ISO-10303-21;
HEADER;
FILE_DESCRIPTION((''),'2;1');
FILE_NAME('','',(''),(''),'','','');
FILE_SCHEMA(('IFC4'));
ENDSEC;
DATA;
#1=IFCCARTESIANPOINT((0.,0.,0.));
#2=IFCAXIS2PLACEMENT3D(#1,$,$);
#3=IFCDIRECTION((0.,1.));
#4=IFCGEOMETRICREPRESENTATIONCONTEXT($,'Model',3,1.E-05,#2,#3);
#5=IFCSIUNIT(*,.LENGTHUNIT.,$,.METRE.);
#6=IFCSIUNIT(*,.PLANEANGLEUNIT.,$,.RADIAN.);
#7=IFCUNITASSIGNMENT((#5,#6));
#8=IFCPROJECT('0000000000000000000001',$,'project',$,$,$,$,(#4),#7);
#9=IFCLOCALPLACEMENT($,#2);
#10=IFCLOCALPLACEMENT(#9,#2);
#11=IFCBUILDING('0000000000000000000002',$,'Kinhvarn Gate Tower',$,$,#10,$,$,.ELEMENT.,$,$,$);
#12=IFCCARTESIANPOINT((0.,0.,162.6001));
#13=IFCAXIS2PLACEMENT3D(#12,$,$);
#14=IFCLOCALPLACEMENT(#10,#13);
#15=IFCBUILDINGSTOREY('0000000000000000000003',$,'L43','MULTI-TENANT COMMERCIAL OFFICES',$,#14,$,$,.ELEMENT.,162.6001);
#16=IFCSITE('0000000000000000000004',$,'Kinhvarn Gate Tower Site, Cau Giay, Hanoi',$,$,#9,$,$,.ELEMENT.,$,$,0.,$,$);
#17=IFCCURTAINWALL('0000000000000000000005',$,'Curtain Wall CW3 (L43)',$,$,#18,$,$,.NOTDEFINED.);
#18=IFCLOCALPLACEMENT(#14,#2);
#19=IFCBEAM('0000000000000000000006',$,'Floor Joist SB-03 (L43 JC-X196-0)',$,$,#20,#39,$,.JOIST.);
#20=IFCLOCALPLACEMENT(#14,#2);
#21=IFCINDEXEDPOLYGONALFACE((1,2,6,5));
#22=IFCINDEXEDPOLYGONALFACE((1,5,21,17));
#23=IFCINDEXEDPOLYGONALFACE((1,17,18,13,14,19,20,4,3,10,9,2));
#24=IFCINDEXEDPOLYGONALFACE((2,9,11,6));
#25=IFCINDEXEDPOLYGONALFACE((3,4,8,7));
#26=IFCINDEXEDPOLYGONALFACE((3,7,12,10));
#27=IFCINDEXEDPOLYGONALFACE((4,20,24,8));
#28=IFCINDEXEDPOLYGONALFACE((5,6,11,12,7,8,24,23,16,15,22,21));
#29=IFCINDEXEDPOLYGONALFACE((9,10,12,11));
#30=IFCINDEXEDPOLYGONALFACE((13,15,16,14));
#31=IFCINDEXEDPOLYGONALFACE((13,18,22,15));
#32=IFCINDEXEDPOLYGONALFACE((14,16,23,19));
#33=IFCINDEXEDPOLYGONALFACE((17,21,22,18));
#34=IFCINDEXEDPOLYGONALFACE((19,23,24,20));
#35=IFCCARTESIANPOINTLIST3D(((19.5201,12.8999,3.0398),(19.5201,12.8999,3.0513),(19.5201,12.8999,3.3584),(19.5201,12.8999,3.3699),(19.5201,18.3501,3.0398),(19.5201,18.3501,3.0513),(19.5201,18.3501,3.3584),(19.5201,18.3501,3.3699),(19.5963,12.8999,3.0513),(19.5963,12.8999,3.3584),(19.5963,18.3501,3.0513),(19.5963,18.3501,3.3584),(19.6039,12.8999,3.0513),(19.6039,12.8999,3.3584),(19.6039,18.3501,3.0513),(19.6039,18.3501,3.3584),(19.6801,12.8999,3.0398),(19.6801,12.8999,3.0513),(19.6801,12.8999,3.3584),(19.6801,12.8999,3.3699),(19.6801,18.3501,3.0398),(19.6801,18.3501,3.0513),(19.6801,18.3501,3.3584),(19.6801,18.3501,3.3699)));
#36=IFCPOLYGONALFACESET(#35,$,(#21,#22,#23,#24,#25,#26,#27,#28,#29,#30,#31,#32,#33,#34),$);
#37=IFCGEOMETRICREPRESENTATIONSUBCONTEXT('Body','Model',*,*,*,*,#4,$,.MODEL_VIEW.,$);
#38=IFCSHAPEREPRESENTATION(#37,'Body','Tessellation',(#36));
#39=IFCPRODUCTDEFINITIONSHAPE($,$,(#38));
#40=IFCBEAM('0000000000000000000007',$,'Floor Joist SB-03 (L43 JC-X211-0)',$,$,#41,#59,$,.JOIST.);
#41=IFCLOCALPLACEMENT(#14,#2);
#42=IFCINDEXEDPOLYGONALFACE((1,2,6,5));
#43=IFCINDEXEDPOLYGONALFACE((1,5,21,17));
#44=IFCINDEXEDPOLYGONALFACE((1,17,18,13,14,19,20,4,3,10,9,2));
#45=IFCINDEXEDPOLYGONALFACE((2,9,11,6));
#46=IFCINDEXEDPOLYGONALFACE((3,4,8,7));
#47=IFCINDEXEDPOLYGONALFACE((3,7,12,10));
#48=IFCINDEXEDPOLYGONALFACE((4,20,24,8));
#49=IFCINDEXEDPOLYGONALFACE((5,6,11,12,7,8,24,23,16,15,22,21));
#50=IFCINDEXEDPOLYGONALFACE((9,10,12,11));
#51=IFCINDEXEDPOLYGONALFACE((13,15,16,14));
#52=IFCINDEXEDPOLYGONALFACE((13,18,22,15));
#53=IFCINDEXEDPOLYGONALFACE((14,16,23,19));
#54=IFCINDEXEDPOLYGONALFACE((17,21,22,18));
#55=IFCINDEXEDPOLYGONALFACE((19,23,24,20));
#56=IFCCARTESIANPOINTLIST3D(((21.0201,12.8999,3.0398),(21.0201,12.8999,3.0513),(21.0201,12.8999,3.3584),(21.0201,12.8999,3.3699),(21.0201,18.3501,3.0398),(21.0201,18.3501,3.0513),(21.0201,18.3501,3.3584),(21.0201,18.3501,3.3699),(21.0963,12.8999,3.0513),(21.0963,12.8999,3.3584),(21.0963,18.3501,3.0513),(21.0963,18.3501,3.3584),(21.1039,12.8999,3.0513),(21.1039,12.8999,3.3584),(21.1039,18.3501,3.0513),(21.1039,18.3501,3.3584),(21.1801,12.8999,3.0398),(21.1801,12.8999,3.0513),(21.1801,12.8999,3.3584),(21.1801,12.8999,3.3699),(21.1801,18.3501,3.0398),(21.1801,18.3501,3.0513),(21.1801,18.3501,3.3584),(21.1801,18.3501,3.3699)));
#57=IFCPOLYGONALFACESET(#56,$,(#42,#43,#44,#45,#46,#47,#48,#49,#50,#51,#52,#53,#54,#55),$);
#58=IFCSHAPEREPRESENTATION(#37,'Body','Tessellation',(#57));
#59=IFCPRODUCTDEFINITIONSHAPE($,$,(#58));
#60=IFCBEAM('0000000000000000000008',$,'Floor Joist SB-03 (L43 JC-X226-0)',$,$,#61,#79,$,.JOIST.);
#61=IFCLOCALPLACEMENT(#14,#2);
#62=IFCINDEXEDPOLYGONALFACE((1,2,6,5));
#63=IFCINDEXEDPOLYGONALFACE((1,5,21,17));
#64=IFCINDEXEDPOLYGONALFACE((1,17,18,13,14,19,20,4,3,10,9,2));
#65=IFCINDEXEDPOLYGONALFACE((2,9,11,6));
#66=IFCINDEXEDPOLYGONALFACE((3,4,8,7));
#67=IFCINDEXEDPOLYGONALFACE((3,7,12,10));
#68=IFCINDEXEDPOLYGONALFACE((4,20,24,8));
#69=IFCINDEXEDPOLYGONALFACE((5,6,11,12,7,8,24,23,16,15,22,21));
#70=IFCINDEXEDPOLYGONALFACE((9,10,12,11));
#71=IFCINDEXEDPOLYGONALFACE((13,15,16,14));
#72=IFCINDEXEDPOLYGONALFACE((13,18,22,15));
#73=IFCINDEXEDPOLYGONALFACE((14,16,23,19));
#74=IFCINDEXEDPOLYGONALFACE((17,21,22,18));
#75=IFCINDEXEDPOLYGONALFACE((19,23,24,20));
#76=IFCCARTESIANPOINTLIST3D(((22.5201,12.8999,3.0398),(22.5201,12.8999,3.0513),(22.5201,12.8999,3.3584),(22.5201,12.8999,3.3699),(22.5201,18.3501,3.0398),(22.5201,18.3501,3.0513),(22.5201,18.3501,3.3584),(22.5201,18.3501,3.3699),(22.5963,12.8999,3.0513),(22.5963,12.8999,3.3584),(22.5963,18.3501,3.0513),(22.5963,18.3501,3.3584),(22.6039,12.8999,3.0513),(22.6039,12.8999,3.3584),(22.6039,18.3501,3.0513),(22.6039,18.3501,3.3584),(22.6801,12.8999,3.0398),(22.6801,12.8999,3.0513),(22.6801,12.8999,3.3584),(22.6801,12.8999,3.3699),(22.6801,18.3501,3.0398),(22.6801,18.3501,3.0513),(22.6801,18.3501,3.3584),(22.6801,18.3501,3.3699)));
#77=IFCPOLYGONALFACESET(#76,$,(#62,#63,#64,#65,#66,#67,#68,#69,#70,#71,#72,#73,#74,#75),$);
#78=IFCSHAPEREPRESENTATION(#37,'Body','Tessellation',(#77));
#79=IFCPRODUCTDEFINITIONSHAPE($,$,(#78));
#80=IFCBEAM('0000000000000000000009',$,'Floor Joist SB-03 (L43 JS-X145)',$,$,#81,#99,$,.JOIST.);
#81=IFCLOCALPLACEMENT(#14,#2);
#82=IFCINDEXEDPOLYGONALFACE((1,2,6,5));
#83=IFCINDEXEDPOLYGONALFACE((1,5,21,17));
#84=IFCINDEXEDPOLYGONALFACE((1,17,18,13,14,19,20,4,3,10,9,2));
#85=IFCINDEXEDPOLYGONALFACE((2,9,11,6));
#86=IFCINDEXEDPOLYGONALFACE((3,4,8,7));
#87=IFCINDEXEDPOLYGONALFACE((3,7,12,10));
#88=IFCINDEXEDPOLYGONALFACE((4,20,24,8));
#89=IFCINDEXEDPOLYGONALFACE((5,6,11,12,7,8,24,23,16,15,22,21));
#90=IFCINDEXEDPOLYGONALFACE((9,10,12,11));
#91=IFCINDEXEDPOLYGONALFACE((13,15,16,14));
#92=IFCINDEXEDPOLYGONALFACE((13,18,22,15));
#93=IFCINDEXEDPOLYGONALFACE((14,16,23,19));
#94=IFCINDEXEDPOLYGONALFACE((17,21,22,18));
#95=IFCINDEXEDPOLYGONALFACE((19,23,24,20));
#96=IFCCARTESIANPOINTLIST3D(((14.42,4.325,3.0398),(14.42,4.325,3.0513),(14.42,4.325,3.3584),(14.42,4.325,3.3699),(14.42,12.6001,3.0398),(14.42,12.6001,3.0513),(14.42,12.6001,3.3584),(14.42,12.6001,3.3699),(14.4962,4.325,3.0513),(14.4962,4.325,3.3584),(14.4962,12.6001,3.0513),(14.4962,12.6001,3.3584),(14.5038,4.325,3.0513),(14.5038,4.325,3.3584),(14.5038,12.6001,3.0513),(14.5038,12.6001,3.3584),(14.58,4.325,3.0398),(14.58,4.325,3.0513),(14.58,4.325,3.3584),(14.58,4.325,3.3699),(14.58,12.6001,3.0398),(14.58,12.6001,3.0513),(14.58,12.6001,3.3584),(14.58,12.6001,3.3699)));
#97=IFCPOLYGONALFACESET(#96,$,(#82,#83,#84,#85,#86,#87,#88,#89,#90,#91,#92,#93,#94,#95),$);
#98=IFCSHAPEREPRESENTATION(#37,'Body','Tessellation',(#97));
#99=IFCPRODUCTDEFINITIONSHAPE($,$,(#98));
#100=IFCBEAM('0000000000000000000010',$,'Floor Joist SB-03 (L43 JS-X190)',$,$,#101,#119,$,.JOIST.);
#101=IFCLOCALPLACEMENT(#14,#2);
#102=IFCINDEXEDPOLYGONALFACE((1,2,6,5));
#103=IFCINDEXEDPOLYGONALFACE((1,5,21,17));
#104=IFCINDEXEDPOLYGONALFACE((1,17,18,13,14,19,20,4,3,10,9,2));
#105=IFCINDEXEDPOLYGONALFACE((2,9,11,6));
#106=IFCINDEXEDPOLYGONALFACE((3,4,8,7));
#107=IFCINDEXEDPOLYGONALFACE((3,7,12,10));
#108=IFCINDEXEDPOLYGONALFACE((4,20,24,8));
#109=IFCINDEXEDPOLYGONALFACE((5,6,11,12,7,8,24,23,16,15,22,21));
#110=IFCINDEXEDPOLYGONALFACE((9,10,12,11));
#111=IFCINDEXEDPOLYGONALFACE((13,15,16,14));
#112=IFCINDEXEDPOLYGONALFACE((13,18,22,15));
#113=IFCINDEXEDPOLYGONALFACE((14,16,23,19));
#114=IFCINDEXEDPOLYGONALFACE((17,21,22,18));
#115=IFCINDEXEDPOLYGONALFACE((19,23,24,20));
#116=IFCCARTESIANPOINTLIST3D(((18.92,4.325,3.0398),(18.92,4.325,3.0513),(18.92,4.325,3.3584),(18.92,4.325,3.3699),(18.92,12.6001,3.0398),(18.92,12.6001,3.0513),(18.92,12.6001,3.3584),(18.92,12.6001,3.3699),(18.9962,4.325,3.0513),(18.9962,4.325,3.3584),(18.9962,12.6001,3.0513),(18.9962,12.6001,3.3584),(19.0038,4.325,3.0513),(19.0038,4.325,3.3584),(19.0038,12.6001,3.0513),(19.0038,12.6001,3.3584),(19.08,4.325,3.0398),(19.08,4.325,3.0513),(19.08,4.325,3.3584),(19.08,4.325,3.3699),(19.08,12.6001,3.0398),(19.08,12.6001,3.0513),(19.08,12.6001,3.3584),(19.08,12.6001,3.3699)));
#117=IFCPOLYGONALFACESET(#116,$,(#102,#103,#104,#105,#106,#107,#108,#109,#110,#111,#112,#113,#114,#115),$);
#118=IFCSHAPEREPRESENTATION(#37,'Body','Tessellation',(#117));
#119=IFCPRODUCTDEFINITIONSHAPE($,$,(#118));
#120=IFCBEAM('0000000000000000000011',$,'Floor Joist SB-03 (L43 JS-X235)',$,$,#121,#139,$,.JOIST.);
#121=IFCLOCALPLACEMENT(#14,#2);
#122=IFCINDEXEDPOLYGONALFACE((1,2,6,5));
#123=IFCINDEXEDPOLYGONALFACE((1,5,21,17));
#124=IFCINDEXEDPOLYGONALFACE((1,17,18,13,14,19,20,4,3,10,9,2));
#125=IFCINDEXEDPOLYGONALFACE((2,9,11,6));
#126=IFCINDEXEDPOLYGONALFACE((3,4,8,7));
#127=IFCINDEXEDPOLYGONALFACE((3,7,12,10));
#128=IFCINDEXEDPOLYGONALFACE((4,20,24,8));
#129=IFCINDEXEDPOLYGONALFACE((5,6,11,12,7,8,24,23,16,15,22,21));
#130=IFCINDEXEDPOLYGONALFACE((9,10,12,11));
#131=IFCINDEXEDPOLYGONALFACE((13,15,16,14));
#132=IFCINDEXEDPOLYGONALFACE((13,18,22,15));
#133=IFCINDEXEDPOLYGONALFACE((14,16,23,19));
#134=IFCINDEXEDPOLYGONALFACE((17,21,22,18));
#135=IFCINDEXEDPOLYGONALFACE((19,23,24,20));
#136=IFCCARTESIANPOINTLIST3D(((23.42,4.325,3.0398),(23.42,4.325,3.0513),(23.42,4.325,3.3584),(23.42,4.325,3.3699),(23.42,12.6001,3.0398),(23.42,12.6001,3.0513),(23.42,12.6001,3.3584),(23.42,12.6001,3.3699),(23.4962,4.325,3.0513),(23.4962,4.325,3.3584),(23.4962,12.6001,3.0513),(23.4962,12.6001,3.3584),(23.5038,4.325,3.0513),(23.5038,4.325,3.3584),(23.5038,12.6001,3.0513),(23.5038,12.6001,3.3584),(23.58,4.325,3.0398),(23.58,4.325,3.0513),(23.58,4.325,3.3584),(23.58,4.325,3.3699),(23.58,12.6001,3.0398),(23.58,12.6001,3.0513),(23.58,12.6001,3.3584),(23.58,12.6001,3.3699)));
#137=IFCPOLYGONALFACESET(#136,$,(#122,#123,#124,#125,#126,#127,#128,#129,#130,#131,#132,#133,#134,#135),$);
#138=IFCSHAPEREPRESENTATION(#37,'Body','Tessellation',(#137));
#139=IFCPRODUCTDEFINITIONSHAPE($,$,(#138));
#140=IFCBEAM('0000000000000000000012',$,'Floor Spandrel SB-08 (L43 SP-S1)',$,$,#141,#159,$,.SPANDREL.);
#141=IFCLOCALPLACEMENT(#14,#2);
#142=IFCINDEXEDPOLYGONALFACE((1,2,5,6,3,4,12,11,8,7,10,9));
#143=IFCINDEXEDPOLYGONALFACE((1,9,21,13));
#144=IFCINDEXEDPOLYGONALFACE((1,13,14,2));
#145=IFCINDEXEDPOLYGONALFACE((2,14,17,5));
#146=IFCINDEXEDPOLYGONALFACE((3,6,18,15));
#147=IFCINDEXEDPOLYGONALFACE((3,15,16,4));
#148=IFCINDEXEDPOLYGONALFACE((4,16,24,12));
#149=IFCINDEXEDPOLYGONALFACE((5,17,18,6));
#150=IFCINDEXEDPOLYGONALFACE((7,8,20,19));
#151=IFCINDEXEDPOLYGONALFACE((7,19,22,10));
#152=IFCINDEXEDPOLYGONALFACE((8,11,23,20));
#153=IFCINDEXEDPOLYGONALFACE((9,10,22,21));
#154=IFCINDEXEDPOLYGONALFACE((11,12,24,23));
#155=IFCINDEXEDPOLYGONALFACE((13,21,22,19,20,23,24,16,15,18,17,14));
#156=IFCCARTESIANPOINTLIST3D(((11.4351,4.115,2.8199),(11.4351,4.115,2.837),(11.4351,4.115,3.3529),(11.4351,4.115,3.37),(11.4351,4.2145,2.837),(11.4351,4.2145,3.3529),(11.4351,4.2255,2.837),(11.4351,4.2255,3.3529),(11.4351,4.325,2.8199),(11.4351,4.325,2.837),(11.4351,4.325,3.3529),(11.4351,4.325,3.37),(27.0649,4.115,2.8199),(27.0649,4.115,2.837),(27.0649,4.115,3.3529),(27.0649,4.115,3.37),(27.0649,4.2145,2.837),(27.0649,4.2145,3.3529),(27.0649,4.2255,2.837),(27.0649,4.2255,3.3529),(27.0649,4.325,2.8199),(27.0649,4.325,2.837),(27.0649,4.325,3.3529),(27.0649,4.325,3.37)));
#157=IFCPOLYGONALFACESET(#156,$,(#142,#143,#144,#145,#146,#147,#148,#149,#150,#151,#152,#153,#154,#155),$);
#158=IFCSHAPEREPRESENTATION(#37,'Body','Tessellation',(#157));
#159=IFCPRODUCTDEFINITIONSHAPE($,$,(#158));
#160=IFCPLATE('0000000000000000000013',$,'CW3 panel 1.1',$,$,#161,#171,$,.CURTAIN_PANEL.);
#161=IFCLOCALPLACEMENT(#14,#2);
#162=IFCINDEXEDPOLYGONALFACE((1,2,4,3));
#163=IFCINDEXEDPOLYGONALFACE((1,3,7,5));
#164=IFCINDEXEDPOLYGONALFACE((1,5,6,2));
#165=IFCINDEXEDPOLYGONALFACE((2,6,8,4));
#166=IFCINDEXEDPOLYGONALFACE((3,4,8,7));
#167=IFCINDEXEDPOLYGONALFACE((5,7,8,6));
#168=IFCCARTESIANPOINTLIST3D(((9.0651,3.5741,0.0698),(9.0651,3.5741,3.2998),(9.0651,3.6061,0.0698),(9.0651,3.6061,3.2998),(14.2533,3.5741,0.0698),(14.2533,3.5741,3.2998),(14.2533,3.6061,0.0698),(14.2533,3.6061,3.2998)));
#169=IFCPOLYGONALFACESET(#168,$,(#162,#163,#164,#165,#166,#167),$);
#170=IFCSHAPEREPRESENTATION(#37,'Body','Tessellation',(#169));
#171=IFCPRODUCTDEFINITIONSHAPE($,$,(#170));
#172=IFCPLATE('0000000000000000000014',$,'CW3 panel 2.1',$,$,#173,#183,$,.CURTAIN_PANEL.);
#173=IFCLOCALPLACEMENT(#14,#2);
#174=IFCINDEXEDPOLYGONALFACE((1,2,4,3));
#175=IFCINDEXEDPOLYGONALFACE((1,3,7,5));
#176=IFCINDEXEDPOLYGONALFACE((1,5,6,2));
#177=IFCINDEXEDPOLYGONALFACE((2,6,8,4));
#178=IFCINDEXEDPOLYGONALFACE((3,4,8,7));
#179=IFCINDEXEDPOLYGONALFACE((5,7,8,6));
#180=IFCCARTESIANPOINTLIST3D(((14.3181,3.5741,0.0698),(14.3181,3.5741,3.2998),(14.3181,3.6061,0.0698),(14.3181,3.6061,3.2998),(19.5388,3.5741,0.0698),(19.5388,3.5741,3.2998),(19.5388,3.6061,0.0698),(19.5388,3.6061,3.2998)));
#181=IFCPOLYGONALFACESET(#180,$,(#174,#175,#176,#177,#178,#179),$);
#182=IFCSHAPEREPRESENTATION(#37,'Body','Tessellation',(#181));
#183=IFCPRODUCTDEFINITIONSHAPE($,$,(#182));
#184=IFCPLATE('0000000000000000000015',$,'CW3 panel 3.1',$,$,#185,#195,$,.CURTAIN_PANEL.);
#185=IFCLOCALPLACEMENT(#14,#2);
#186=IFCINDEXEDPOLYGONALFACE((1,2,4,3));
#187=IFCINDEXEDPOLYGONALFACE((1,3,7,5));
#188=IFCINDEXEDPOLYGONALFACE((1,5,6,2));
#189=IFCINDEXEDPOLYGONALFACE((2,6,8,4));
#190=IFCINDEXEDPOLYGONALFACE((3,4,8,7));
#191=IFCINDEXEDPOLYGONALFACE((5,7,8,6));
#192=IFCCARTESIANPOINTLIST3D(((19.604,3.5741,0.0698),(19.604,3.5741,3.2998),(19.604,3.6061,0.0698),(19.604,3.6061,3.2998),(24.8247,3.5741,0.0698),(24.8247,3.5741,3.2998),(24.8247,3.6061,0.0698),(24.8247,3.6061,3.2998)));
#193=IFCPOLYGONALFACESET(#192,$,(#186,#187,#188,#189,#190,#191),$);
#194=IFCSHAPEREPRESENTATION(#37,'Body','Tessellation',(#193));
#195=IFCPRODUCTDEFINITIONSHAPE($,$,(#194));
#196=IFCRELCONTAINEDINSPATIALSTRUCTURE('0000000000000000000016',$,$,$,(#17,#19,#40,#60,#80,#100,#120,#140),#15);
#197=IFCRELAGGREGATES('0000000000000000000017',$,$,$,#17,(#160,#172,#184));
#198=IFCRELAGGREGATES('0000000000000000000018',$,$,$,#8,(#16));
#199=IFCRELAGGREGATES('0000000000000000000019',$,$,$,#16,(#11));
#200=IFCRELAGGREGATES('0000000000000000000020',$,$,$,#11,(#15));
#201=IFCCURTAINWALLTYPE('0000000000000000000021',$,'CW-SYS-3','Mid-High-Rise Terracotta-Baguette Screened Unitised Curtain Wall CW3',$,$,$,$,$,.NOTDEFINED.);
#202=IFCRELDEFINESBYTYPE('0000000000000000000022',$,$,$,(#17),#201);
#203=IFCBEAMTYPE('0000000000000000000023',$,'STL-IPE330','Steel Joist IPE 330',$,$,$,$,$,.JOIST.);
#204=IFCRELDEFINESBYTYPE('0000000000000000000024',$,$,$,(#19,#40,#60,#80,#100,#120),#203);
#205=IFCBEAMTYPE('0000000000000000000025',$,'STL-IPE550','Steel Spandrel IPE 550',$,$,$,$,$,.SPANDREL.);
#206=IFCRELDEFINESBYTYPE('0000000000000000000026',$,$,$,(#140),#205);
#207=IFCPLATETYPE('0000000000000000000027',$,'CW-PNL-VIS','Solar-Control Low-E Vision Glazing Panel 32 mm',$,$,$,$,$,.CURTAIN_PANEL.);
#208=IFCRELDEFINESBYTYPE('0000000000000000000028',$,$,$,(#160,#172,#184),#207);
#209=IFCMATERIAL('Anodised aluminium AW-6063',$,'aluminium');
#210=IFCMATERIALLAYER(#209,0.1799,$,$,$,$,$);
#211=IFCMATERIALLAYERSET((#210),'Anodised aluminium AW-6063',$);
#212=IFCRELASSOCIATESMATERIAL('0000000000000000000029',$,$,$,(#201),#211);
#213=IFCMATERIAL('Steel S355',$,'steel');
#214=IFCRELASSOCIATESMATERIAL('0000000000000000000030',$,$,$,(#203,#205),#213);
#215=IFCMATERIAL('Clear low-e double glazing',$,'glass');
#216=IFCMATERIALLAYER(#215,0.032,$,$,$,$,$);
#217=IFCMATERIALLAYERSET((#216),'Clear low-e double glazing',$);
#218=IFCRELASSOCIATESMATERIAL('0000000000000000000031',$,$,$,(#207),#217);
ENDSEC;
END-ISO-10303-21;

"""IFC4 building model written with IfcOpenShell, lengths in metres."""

from ifc_helpers import new_model, si_unit, direction, frame, origin, origin_2d, place, context, subcontext, project, spatial, rectangle, i_section, extrude, material, layer, layer_set, material_profile, profile_set, type_object, element, aggregate, save


model = new_model("IFC4")

# Units and contexts
model_context = context("Model", 3, precision=1e-05, world=origin(), true_north=direction((0.0, 1.0)))
body_context = subcontext(model_context, "Body", "Model", "MODEL_VIEW")
ifc_project = project(units=[si_unit("LENGTHUNIT", "METRE"), si_unit("PLANEANGLEUNIT", "RADIAN")], contexts=[model_context])

# Site, building, storey
site_placement = place(None, origin())
site = spatial("IfcSite", under=ifc_project, at=site_placement, Name="Kinhvarn Gate Tower Site, Cau Giay, Hanoi", CompositionType="ELEMENT", RefElevation=0.0)
building_placement = place(site_placement, origin())
building = spatial("IfcBuilding", under=site, at=building_placement, Name="Kinhvarn Gate Tower", CompositionType="ELEMENT")
storey_placement = place(building_placement, frame((0.0, 0.0, 162.6001)))
storey = spatial("IfcBuildingStorey", under=building, at=storey_placement, Name="L43", Description="MULTI-TENANT COMMERCIAL OFFICES", CompositionType="ELEMENT", Elevation=162.6001)

# Curtain wall
ifc_material_1 = material(Name="Anodised aluminium AW-6063", Category="aluminium")
ifc_layer_1 = layer(ifc_material_1, 0.1799)
ifc_layer_set_1 = layer_set([ifc_layer_1], Name="Anodised aluminium AW-6063")
curtain_wall_type = type_object("IfcCurtainWallType", Name="CW-SYS-3", Description="Mid-High-Rise Terracotta-Baguette Screened Unitised Curtain Wall CW3", PredefinedType="NOTDEFINED", material=ifc_layer_set_1)
curtain_wall_placement = place(storey_placement, origin())
curtain_wall = element("IfcCurtainWall", 1, at=curtain_wall_placement, inside=storey, type_object=curtain_wall_type, Name="Curtain Wall CW3 (L43)", PredefinedType="NOTDEFINED")

# Beams
ifc_material_2 = material(Name="Steel S355", Category="steel")
ifc_material_profile_1 = material_profile(ifc_material_2, i_section(OverallWidth=0.1599, OverallDepth=0.3301, WebThickness=0.0076, FlangeThickness=0.0115, at=origin_2d()), Name="IPE 330")
ifc_profile_set_1 = profile_set([ifc_material_profile_1], Name="Steel S355")
beam_type_1 = type_object("IfcBeamType", Name="STL-IPE330", Description="Steel Joist IPE 330", PredefinedType="JOIST", material=ifc_profile_set_1)
for number, where, z_axis, x_axis, name in (
    (2, (19.6001, 12.8999, 3.2048), (0.0, 1.0, 0.0), (-1.0, 0.0, 0.0), "Floor Joist SB-03 (L43 JC-X196-0)"),
    (3, (21.1001, 12.8999, 3.2048), (0.0, 1.0, 0.0), (-1.0, 0.0, 0.0), "Floor Joist SB-03 (L43 JC-X211-0)"),
    (4, (22.6001, 12.8999, 3.2048), (0.0, 1.0, 0.0), (-1.0, 0.0, 0.0), "Floor Joist SB-03 (L43 JC-X226-0)"),
):
    element("IfcBeam", number, at=place(storey_placement, frame(where, z_axis=z_axis, x_axis=x_axis)), inside=storey, type_object=beam_type_1, Name=name, PredefinedType="JOIST", context=body_context, shape_type="SweptSolid", body=[
        extrude(i_section(OverallWidth=0.1599, OverallDepth=0.3301, WebThickness=0.0076, FlangeThickness=0.0115, at=origin_2d()), origin(), (0.0, 0.0, 1.0), 5.4502),
    ])
for number, where, z_axis, x_axis, name in (
    (5, (14.5, 4.325, 3.2048), (0.0, 1.0, 0.0), (-1.0, 0.0, 0.0), "Floor Joist SB-03 (L43 JS-X145)"),
    (6, (19.0, 4.325, 3.2048), (0.0, 1.0, 0.0), (-1.0, 0.0, 0.0), "Floor Joist SB-03 (L43 JS-X190)"),
    (7, (23.5, 4.325, 3.2048), (0.0, 1.0, 0.0), (-1.0, 0.0, 0.0), "Floor Joist SB-03 (L43 JS-X235)"),
):
    element("IfcBeam", number, at=place(storey_placement, frame(where, z_axis=z_axis, x_axis=x_axis)), inside=storey, type_object=beam_type_1, Name=name, PredefinedType="JOIST", context=body_context, shape_type="SweptSolid", body=[
        extrude(i_section(OverallWidth=0.1599, OverallDepth=0.3301, WebThickness=0.0076, FlangeThickness=0.0115, at=origin_2d()), origin(), (0.0, 0.0, 1.0), 8.2751),
    ])
ifc_material_profile_2 = material_profile(ifc_material_2, i_section(OverallWidth=0.21, OverallDepth=0.55, WebThickness=0.011, FlangeThickness=0.0171, at=origin_2d()), Name="IPE 550")
ifc_profile_set_2 = profile_set([ifc_material_profile_2], Name="Steel S355")
beam_type_2 = type_object("IfcBeamType", Name="STL-IPE550", Description="Steel Spandrel IPE 550", PredefinedType="SPANDREL", material=ifc_profile_set_2)
beam_1_placement = place(storey_placement, frame((11.4351, 4.22, 3.095), z_axis=(1.0, 0.0, 0.0), x_axis=(0.0, 1.0, 0.0)))
element("IfcBeam", 8, at=beam_1_placement, inside=storey, type_object=beam_type_2, Name="Floor Spandrel SB-08 (L43 SP-S1)", PredefinedType="SPANDREL", context=body_context, shape_type="SweptSolid", body=[
    extrude(i_section(OverallWidth=0.21, OverallDepth=0.55, WebThickness=0.011, FlangeThickness=0.0171, at=origin_2d()), origin(), (0.0, 0.0, 1.0), 15.6299),
])

# Plates
ifc_material_3 = material(Name="Clear low-e double glazing", Category="glass")
ifc_layer_2 = layer(ifc_material_3, 0.032)
ifc_layer_set_2 = layer_set([ifc_layer_2], Name="Clear low-e double glazing")
plate_type = type_object("IfcPlateType", Name="CW-PNL-VIS", Description="Solar-Control Low-E Vision Glazing Panel 32 mm", PredefinedType="CURTAIN_PANEL", material=ifc_layer_set_2)
plate_1_placement = place(storey_placement, frame((11.6592, 3.5901, 0.0698), z_axis=(0.0, 0.0, 1.0), x_axis=(1.0, 0.0, 0.0)))
plate_1 = element("IfcPlate", 9, at=plate_1_placement, type_object=plate_type, Name="CW3 panel 1.1", PredefinedType="CURTAIN_PANEL", context=body_context, shape_type="SweptSolid", body=[
    extrude(rectangle(XDim=5.1882, YDim=0.032, at=origin_2d()), origin(), (0.0, 0.0, 1.0), 3.23),
])
plate_2_placement = place(storey_placement, frame((16.9285, 3.5901, 0.0698), z_axis=(0.0, 0.0, 1.0), x_axis=(1.0, 0.0, 0.0)))
plate_2 = element("IfcPlate", 10, at=plate_2_placement, type_object=plate_type, Name="CW3 panel 2.1", PredefinedType="CURTAIN_PANEL", context=body_context, shape_type="SweptSolid", body=[
    extrude(rectangle(XDim=5.2207, YDim=0.032, at=origin_2d()), origin(), (0.0, 0.0, 1.0), 3.23),
])
plate_3_placement = place(storey_placement, frame((22.2144, 3.5901, 0.0698), z_axis=(0.0, 0.0, 1.0), x_axis=(1.0, 0.0, 0.0)))
plate_3 = element("IfcPlate", 11, at=plate_3_placement, type_object=plate_type, Name="CW3 panel 3.1", PredefinedType="CURTAIN_PANEL", context=body_context, shape_type="SweptSolid", body=[
    extrude(rectangle(XDim=5.2207, YDim=0.032, at=origin_2d()), origin(), (0.0, 0.0, 1.0), 3.23),
])
aggregate(curtain_wall, [plate_1, plate_2, plate_3])

save(model, "model.ifc")
